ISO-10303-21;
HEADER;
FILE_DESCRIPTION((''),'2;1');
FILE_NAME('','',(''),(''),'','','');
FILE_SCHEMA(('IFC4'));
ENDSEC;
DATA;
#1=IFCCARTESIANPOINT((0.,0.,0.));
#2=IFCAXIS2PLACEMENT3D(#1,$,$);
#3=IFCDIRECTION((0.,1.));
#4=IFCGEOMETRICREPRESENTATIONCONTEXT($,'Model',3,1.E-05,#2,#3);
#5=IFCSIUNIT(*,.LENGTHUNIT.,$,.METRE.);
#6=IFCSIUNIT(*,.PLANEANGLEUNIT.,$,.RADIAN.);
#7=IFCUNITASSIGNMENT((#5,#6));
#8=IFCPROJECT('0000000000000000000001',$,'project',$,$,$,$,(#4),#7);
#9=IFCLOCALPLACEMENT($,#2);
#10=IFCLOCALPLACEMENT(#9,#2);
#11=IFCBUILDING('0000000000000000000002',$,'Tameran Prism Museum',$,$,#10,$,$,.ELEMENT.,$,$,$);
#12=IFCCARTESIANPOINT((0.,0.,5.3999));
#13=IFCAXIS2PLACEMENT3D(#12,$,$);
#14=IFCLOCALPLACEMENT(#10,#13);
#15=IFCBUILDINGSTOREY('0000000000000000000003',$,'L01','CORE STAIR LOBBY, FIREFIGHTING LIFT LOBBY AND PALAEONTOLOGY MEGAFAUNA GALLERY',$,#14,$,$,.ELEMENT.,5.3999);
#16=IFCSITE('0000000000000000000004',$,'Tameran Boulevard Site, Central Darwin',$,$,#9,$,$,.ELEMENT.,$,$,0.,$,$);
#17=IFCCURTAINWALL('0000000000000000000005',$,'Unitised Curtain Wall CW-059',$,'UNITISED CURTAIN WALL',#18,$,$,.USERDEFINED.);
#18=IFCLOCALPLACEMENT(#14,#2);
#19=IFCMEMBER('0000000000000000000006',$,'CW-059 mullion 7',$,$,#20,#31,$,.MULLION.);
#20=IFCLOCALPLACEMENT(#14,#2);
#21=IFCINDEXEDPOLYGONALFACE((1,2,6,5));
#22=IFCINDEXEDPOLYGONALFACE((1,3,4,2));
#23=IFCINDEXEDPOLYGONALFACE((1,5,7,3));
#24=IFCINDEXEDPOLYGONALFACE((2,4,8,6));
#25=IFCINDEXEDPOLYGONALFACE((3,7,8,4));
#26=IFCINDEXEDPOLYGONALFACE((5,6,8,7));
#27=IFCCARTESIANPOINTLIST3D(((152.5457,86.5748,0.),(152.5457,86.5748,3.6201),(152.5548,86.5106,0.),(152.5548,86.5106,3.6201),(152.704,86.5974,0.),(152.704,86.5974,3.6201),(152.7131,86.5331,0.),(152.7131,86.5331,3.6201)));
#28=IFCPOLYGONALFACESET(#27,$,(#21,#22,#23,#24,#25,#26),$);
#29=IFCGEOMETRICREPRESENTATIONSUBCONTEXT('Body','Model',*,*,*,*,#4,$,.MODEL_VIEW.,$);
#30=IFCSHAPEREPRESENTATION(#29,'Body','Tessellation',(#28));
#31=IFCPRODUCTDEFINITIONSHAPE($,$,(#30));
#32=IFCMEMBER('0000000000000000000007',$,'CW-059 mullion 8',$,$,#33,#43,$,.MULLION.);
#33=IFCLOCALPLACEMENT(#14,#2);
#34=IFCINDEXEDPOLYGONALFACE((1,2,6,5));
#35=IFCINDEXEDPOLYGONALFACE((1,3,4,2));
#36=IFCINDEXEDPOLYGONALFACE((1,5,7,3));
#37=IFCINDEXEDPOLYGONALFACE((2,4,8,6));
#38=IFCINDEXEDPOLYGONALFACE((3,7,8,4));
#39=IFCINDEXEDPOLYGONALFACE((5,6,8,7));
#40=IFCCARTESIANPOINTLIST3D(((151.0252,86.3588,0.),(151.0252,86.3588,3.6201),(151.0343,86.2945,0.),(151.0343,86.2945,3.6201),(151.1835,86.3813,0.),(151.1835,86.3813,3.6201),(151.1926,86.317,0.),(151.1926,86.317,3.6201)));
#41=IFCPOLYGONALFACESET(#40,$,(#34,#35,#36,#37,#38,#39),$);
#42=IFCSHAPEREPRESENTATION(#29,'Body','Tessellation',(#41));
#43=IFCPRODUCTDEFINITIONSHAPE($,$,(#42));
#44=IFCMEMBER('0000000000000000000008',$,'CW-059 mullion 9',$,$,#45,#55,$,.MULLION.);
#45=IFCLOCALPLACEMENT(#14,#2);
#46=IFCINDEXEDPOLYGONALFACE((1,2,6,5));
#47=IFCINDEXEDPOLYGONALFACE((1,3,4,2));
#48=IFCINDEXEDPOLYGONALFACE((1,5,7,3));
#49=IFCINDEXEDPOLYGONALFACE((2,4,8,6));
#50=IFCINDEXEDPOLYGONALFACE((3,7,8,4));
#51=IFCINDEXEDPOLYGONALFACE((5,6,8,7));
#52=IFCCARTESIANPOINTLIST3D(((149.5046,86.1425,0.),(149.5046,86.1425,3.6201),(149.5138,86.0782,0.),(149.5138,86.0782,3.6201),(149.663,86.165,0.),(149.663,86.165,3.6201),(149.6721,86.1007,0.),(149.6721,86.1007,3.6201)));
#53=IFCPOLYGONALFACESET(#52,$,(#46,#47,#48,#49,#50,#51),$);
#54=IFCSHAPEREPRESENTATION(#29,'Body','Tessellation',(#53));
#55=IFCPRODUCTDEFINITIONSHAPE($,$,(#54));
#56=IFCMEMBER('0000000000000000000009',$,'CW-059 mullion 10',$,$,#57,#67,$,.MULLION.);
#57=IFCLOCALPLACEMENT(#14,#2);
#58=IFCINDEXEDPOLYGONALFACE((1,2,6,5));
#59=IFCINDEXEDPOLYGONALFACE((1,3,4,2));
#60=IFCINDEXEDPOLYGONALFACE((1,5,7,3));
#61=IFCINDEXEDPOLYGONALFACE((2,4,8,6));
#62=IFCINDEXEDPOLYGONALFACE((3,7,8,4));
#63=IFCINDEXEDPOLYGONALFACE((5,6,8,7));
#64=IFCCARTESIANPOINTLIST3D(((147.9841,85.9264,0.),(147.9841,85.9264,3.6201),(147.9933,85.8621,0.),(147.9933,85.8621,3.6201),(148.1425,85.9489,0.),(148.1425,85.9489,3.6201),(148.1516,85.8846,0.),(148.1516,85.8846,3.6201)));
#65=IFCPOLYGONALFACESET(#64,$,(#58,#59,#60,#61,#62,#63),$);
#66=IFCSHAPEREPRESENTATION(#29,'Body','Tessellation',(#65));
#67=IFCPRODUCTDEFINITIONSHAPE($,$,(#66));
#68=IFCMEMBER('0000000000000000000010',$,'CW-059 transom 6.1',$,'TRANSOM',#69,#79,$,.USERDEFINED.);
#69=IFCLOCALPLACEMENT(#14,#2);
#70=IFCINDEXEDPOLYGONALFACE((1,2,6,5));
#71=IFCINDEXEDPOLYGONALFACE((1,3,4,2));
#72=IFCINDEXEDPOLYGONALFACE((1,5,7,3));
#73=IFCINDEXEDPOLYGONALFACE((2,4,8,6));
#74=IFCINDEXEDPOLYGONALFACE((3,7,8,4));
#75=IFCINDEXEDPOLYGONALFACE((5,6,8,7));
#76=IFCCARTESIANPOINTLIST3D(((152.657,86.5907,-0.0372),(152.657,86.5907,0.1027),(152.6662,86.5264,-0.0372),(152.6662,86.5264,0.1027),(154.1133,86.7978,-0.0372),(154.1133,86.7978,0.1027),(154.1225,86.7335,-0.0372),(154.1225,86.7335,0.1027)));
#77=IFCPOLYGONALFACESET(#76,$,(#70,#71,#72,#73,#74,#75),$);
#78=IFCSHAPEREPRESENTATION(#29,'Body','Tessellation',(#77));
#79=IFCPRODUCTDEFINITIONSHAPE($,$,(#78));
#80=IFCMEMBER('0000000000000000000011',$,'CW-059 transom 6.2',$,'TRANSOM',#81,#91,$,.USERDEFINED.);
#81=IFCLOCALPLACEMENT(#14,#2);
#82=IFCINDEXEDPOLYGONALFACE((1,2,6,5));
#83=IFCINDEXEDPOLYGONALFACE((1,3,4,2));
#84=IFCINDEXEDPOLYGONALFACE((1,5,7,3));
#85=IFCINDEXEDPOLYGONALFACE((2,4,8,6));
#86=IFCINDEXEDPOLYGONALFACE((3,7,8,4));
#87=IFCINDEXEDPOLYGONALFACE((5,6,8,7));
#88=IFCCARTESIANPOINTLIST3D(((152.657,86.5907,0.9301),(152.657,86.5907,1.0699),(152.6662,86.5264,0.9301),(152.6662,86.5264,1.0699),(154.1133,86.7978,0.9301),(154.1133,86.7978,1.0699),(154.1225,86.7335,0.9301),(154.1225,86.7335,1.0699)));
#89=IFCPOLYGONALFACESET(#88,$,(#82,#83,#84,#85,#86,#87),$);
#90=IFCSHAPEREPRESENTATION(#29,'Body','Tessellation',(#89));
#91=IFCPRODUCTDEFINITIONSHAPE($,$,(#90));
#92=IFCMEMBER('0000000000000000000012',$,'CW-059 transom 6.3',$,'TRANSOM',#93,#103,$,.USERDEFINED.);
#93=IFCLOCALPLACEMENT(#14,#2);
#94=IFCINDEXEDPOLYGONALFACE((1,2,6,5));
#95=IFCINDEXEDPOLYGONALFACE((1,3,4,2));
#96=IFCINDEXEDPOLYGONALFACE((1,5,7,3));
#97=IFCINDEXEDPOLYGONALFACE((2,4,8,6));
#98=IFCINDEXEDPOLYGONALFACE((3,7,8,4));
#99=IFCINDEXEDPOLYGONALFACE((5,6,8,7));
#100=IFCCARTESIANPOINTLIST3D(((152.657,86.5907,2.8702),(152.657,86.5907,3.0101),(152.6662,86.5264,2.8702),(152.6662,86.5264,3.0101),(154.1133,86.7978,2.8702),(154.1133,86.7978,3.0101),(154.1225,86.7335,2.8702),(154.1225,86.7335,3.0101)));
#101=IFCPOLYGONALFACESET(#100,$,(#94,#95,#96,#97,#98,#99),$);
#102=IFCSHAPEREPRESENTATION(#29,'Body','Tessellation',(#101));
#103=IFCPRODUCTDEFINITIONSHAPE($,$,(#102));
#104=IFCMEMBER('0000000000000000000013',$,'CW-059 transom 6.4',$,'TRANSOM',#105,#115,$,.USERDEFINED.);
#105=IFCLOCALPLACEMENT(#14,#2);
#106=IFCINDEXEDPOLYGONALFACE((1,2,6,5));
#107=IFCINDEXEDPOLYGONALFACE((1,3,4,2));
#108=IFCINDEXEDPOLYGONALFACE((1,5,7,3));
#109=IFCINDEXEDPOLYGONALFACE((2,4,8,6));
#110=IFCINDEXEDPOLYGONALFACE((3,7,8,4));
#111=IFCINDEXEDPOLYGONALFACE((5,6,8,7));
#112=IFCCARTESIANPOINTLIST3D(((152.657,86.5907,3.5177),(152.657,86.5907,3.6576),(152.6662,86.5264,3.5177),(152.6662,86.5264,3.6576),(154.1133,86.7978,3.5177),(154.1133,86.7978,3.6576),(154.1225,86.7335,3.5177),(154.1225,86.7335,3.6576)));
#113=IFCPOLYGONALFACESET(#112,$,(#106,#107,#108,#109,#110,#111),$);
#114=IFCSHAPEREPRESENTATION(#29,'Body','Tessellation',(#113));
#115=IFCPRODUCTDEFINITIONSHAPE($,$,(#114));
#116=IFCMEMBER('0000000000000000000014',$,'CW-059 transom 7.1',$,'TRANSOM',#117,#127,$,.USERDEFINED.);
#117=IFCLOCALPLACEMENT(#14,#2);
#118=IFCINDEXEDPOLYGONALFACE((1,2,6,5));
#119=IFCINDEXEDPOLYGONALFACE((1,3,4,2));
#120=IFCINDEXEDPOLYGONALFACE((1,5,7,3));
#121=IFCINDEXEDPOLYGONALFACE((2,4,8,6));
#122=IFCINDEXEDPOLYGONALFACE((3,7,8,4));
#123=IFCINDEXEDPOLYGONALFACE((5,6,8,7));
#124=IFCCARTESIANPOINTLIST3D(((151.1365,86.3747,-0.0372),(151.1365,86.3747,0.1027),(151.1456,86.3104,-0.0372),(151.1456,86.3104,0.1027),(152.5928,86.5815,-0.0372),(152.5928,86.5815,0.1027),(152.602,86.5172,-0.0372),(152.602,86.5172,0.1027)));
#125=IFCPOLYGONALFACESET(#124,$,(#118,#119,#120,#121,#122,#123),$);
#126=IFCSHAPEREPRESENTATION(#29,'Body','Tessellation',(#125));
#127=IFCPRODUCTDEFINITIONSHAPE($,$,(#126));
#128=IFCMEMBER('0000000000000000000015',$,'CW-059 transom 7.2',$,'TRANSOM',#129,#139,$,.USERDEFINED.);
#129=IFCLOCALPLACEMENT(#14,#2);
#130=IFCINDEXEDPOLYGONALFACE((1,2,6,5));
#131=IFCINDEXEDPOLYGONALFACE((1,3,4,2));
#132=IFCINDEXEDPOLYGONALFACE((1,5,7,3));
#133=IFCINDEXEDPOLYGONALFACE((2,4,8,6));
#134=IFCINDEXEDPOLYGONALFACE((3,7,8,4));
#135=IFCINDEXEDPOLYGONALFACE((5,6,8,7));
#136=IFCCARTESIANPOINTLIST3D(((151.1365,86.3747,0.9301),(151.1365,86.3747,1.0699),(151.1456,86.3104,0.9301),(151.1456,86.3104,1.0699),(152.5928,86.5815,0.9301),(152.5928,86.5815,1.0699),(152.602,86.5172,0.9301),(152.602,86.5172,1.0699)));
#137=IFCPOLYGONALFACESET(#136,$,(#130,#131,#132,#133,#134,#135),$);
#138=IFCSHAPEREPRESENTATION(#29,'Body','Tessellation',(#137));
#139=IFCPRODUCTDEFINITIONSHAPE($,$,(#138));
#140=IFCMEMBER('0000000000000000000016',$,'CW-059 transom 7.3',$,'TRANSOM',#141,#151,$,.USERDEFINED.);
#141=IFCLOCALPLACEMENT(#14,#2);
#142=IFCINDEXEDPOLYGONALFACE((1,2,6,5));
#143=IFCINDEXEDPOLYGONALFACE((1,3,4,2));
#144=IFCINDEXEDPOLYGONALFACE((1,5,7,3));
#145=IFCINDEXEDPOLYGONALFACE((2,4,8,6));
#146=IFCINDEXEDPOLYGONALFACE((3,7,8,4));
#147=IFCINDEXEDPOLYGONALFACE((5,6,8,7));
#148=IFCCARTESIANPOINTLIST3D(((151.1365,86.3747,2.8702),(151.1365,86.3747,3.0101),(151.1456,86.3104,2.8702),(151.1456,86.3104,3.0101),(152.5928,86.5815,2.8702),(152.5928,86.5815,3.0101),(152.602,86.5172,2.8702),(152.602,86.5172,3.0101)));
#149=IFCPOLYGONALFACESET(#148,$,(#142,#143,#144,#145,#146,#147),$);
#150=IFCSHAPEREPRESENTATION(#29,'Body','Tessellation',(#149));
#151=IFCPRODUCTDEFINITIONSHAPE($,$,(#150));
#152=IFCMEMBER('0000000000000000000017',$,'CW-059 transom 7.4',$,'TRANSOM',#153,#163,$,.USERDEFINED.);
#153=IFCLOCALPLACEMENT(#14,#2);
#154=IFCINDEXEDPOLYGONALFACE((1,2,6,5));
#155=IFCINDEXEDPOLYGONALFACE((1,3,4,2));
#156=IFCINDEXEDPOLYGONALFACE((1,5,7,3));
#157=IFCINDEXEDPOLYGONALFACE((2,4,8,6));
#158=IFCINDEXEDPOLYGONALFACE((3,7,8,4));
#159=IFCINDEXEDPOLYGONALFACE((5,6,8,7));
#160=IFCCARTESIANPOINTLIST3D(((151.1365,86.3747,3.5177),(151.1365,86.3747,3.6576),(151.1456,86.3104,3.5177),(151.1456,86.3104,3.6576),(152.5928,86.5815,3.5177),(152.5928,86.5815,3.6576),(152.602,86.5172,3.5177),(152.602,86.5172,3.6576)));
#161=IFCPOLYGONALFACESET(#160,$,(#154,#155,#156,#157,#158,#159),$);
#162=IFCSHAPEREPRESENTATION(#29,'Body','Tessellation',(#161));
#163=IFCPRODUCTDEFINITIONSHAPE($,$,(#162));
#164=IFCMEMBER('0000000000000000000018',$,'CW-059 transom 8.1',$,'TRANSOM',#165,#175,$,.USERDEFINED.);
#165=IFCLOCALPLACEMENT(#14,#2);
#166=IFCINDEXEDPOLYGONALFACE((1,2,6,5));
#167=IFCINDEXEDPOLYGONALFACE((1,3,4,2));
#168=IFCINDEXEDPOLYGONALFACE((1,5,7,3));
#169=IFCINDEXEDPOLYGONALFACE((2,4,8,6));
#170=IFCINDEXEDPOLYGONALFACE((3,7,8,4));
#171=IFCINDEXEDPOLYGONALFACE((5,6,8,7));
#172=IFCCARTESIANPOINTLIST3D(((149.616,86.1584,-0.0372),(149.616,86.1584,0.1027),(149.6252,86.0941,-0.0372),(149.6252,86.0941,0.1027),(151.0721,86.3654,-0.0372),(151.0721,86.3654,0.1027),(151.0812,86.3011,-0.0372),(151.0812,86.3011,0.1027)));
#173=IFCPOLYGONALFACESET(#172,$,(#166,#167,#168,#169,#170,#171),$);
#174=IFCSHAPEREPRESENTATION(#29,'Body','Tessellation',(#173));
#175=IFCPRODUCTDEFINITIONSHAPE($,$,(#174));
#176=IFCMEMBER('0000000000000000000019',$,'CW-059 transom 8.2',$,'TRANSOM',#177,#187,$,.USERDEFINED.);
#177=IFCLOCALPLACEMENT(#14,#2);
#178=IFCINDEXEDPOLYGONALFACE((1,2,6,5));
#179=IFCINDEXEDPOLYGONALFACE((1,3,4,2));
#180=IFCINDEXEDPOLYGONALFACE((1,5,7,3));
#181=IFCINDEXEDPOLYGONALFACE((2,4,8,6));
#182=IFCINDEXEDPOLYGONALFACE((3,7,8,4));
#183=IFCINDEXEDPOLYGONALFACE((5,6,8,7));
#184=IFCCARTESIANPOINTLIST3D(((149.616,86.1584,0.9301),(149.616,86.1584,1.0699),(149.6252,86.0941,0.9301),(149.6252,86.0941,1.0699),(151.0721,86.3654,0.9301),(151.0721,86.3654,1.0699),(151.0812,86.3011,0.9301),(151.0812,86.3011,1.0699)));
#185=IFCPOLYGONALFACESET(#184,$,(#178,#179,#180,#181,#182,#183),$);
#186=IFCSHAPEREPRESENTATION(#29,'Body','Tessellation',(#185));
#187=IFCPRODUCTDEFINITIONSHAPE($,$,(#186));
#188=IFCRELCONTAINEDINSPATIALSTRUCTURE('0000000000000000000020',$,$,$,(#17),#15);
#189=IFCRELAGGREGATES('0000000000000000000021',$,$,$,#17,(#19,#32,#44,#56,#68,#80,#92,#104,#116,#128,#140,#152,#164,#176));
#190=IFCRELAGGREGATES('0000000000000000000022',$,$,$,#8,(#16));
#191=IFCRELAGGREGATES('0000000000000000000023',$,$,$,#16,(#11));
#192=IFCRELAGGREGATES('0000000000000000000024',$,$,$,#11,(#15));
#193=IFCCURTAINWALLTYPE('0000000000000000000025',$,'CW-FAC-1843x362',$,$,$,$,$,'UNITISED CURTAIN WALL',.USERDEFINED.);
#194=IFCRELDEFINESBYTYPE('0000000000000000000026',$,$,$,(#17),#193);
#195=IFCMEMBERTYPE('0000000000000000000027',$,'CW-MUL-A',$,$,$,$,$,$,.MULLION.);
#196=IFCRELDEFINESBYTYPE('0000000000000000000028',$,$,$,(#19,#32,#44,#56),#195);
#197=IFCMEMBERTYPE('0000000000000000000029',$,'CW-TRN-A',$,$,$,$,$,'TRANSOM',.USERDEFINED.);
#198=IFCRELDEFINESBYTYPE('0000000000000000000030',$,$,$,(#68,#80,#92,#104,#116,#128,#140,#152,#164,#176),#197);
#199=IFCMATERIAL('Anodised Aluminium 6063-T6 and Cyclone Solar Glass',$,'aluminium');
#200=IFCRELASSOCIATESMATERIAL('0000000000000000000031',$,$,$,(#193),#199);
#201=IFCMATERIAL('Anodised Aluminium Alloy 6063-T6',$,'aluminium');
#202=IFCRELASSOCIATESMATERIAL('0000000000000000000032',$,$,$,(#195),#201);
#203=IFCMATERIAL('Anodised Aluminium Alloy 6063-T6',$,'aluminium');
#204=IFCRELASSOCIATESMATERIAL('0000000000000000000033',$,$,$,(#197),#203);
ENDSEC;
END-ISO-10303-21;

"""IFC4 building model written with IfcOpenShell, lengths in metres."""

from ifc_helpers import new_model, si_unit, direction, frame, origin, origin_2d, place, context, subcontext, project, spatial, rectangle, extrude, material, material_profile, profile_set, type_object, element, aggregate, save


model = new_model("IFC4")

# Units and contexts
model_context = context("Model", 3, precision=1e-05, world=origin(), true_north=direction((0.0, 1.0)))
body_context = subcontext(model_context, "Body", "Model", "MODEL_VIEW")
ifc_project = project(units=[si_unit("LENGTHUNIT", "METRE"), si_unit("PLANEANGLEUNIT", "RADIAN")], contexts=[model_context])

# Site, building, storey
site_placement = place(None, origin())
site = spatial("IfcSite", under=ifc_project, at=site_placement, Name="Tameran Boulevard Site, Central Darwin", CompositionType="ELEMENT", RefElevation=0.0)
building_placement = place(site_placement, origin())
building = spatial("IfcBuilding", under=site, at=building_placement, Name="Tameran Prism Museum", CompositionType="ELEMENT")
storey_placement = place(building_placement, frame((0.0, 0.0, 5.3999)))
storey = spatial("IfcBuildingStorey", under=building, at=storey_placement, Name="L01", Description="CORE STAIR LOBBY, FIREFIGHTING LIFT LOBBY AND PALAEONTOLOGY MEGAFAUNA GALLERY", CompositionType="ELEMENT", Elevation=5.3999)

# Curtain wall, members
ifc_material_1 = material(Name="Anodised Aluminium 6063-T6 and Cyclone Solar Glass", Category="aluminium")
curtain_wall_type = type_object("IfcCurtainWallType", Name="CW-FAC-1843x362", ElementType="UNITISED CURTAIN WALL", PredefinedType="USERDEFINED", material=ifc_material_1)
curtain_wall_placement = place(storey_placement, origin())
curtain_wall = element("IfcCurtainWall", 1, at=curtain_wall_placement, inside=storey, type_object=curtain_wall_type, Name="Unitised Curtain Wall CW-059", ObjectType="UNITISED CURTAIN WALL", PredefinedType="USERDEFINED")
ifc_material_2 = material(Name="Anodised Aluminium Alloy 6063-T6", Category="aluminium")
ifc_material_profile_1 = material_profile(ifc_material_2, rectangle(XDim=0.0649, YDim=0.1599, at=origin_2d()))
ifc_profile_set_1 = profile_set([ifc_material_profile_1])
member_type_1 = type_object("IfcMemberType", Name="CW-MUL-A", PredefinedType="MULLION", material=ifc_profile_set_1)
member_1_placement = place(storey_placement, frame((152.6294, 86.554, 0.0), z_axis=(0.0, 0.0, 1.0), x_axis=(0.140745, -0.990046, 0.0)))
member_1 = element("IfcMember", 2, at=member_1_placement, type_object=member_type_1, Name="CW-059 mullion 7", PredefinedType="MULLION", context=body_context, shape_type="SweptSolid", body=[
    extrude(rectangle(XDim=0.0649, YDim=0.1599, at=origin_2d()), origin(), (0.0, 0.0, 1.0), 3.6201),
])
member_2_placement = place(storey_placement, frame((151.1089, 86.3379, 0.0), z_axis=(0.0, 0.0, 1.0), x_axis=(0.140745, -0.990046, 0.0)))
member_2 = element("IfcMember", 3, at=member_2_placement, type_object=member_type_1, Name="CW-059 mullion 8", PredefinedType="MULLION", context=body_context, shape_type="SweptSolid", body=[
    extrude(rectangle(XDim=0.0649, YDim=0.1599, at=origin_2d()), origin(), (0.0, 0.0, 1.0), 3.6201),
])
member_3_placement = place(storey_placement, frame((149.5884, 86.1216, 0.0), z_axis=(0.0, 0.0, 1.0), x_axis=(0.140745, -0.990046, 0.0)))
member_3 = element("IfcMember", 4, at=member_3_placement, type_object=member_type_1, Name="CW-059 mullion 9", PredefinedType="MULLION", context=body_context, shape_type="SweptSolid", body=[
    extrude(rectangle(XDim=0.0649, YDim=0.1599, at=origin_2d()), origin(), (0.0, 0.0, 1.0), 3.6201),
])
member_4_placement = place(storey_placement, frame((148.0679, 85.9055, 0.0), z_axis=(0.0, 0.0, 1.0), x_axis=(0.140745, -0.990046, 0.0)))
member_4 = element("IfcMember", 5, at=member_4_placement, type_object=member_type_1, Name="CW-059 mullion 10", PredefinedType="MULLION", context=body_context, shape_type="SweptSolid", body=[
    extrude(rectangle(XDim=0.0649, YDim=0.1599, at=origin_2d()), origin(), (0.0, 0.0, 1.0), 3.6201),
])
ifc_material_3 = material(Name="Anodised Aluminium Alloy 6063-T6", Category="aluminium")
ifc_material_profile_2 = material_profile(ifc_material_3, rectangle(XDim=0.0649, YDim=0.1399, at=origin_2d()))
ifc_profile_set_2 = profile_set([ifc_material_profile_2])
member_type_2 = type_object("IfcMemberType", Name="CW-TRN-A", ElementType="TRANSOM", PredefinedType="USERDEFINED", material=ifc_profile_set_2)
member_5_placement = place(storey_placement, frame((154.1179, 86.7656, 0.0327), z_axis=(-0.990046, -0.140747, 0.0), x_axis=(0.140747, -0.990046, 0.0)))
member_5 = element("IfcMember", 6, at=member_5_placement, type_object=member_type_2, Name="CW-059 transom 6.1", ObjectType="TRANSOM", PredefinedType="USERDEFINED", context=body_context, shape_type="SweptSolid", body=[
    extrude(rectangle(XDim=0.0649, YDim=0.1399, at=origin_2d()), origin(), (0.0, 0.0, 1.0), 1.4709),
])
member_6_placement = place(storey_placement, frame((154.1179, 86.7656, 1.0), z_axis=(-0.990046, -0.140747, 0.0), x_axis=(0.140747, -0.990046, 0.0)))
member_6 = element("IfcMember", 7, at=member_6_placement, type_object=member_type_2, Name="CW-059 transom 6.2", ObjectType="TRANSOM", PredefinedType="USERDEFINED", context=body_context, shape_type="SweptSolid", body=[
    extrude(rectangle(XDim=0.0649, YDim=0.1399, at=origin_2d()), origin(), (0.0, 0.0, 1.0), 1.4709),
])
member_7_placement = place(storey_placement, frame((154.1179, 86.7656, 2.9402), z_axis=(-0.990046, -0.140747, 0.0), x_axis=(0.140747, -0.990046, 0.0)))
member_7 = element("IfcMember", 8, at=member_7_placement, type_object=member_type_2, Name="CW-059 transom 6.3", ObjectType="TRANSOM", PredefinedType="USERDEFINED", context=body_context, shape_type="SweptSolid", body=[
    extrude(rectangle(XDim=0.0649, YDim=0.1399, at=origin_2d()), origin(), (0.0, 0.0, 1.0), 1.4709),
])
member_8_placement = place(storey_placement, frame((154.1179, 86.7656, 3.5876), z_axis=(-0.990046, -0.140747, 0.0), x_axis=(0.140747, -0.990046, 0.0)))
member_8 = element("IfcMember", 9, at=member_8_placement, type_object=member_type_2, Name="CW-059 transom 6.4", ObjectType="TRANSOM", PredefinedType="USERDEFINED", context=body_context, shape_type="SweptSolid", body=[
    extrude(rectangle(XDim=0.0649, YDim=0.1399, at=origin_2d()), origin(), (0.0, 0.0, 1.0), 1.4709),
])
member_9_placement = place(storey_placement, frame((152.5974, 86.5493, 0.0327), z_axis=(-0.990069, -0.140585, 0.0), x_axis=(0.140585, -0.990069, 0.0)))
member_9 = element("IfcMember", 10, at=member_9_placement, type_object=member_type_2, Name="CW-059 transom 7.1", ObjectType="TRANSOM", PredefinedType="USERDEFINED", context=body_context, shape_type="SweptSolid", body=[
    extrude(rectangle(XDim=0.0649, YDim=0.1399, at=origin_2d()), origin(), (0.0, 0.0, 1.0), 1.4709),
])
member_10_placement = place(storey_placement, frame((152.5974, 86.5493, 1.0), z_axis=(-0.990069, -0.140585, 0.0), x_axis=(0.140585, -0.990069, 0.0)))
member_10 = element("IfcMember", 11, at=member_10_placement, type_object=member_type_2, Name="CW-059 transom 7.2", ObjectType="TRANSOM", PredefinedType="USERDEFINED", context=body_context, shape_type="SweptSolid", body=[
    extrude(rectangle(XDim=0.0649, YDim=0.1399, at=origin_2d()), origin(), (0.0, 0.0, 1.0), 1.4709),
])
member_11_placement = place(storey_placement, frame((152.5974, 86.5493, 2.9402), z_axis=(-0.990069, -0.140585, 0.0), x_axis=(0.140585, -0.990069, 0.0)))
member_11 = element("IfcMember", 12, at=member_11_placement, type_object=member_type_2, Name="CW-059 transom 7.3", ObjectType="TRANSOM", PredefinedType="USERDEFINED", context=body_context, shape_type="SweptSolid", body=[
    extrude(rectangle(XDim=0.0649, YDim=0.1399, at=origin_2d()), origin(), (0.0, 0.0, 1.0), 1.4709),
])
member_12_placement = place(storey_placement, frame((152.5974, 86.5493, 3.5876), z_axis=(-0.990069, -0.140585, 0.0), x_axis=(0.140585, -0.990069, 0.0)))
member_12 = element("IfcMember", 13, at=member_12_placement, type_object=member_type_2, Name="CW-059 transom 7.4", ObjectType="TRANSOM", PredefinedType="USERDEFINED", context=body_context, shape_type="SweptSolid", body=[
    extrude(rectangle(XDim=0.0649, YDim=0.1399, at=origin_2d()), origin(), (0.0, 0.0, 1.0), 1.4709),
])
member_13_placement = place(storey_placement, frame((151.0767, 86.3333, 0.0327), z_axis=(-0.990042, -0.140771, 0.0), x_axis=(0.140771, -0.990042, 0.0)))
member_13 = element("IfcMember", 14, at=member_13_placement, type_object=member_type_2, Name="CW-059 transom 8.1", ObjectType="TRANSOM", PredefinedType="USERDEFINED", context=body_context, shape_type="SweptSolid", body=[
    extrude(rectangle(XDim=0.0649, YDim=0.1399, at=origin_2d()), origin(), (0.0, 0.0, 1.0), 1.4707),
])
member_14_placement = place(storey_placement, frame((151.0767, 86.3333, 1.0), z_axis=(-0.990042, -0.140771, 0.0), x_axis=(0.140771, -0.990042, 0.0)))
member_14 = element("IfcMember", 15, at=member_14_placement, type_object=member_type_2, Name="CW-059 transom 8.2", ObjectType="TRANSOM", PredefinedType="USERDEFINED", context=body_context, shape_type="SweptSolid", body=[
    extrude(rectangle(XDim=0.0649, YDim=0.1399, at=origin_2d()), origin(), (0.0, 0.0, 1.0), 1.4707),
])
aggregate(curtain_wall, [member_1, member_2, member_3, member_4, member_5, member_6, member_7, member_8, member_9, member_10, member_11, member_12, member_13, member_14])

save(model, "model.ifc")
